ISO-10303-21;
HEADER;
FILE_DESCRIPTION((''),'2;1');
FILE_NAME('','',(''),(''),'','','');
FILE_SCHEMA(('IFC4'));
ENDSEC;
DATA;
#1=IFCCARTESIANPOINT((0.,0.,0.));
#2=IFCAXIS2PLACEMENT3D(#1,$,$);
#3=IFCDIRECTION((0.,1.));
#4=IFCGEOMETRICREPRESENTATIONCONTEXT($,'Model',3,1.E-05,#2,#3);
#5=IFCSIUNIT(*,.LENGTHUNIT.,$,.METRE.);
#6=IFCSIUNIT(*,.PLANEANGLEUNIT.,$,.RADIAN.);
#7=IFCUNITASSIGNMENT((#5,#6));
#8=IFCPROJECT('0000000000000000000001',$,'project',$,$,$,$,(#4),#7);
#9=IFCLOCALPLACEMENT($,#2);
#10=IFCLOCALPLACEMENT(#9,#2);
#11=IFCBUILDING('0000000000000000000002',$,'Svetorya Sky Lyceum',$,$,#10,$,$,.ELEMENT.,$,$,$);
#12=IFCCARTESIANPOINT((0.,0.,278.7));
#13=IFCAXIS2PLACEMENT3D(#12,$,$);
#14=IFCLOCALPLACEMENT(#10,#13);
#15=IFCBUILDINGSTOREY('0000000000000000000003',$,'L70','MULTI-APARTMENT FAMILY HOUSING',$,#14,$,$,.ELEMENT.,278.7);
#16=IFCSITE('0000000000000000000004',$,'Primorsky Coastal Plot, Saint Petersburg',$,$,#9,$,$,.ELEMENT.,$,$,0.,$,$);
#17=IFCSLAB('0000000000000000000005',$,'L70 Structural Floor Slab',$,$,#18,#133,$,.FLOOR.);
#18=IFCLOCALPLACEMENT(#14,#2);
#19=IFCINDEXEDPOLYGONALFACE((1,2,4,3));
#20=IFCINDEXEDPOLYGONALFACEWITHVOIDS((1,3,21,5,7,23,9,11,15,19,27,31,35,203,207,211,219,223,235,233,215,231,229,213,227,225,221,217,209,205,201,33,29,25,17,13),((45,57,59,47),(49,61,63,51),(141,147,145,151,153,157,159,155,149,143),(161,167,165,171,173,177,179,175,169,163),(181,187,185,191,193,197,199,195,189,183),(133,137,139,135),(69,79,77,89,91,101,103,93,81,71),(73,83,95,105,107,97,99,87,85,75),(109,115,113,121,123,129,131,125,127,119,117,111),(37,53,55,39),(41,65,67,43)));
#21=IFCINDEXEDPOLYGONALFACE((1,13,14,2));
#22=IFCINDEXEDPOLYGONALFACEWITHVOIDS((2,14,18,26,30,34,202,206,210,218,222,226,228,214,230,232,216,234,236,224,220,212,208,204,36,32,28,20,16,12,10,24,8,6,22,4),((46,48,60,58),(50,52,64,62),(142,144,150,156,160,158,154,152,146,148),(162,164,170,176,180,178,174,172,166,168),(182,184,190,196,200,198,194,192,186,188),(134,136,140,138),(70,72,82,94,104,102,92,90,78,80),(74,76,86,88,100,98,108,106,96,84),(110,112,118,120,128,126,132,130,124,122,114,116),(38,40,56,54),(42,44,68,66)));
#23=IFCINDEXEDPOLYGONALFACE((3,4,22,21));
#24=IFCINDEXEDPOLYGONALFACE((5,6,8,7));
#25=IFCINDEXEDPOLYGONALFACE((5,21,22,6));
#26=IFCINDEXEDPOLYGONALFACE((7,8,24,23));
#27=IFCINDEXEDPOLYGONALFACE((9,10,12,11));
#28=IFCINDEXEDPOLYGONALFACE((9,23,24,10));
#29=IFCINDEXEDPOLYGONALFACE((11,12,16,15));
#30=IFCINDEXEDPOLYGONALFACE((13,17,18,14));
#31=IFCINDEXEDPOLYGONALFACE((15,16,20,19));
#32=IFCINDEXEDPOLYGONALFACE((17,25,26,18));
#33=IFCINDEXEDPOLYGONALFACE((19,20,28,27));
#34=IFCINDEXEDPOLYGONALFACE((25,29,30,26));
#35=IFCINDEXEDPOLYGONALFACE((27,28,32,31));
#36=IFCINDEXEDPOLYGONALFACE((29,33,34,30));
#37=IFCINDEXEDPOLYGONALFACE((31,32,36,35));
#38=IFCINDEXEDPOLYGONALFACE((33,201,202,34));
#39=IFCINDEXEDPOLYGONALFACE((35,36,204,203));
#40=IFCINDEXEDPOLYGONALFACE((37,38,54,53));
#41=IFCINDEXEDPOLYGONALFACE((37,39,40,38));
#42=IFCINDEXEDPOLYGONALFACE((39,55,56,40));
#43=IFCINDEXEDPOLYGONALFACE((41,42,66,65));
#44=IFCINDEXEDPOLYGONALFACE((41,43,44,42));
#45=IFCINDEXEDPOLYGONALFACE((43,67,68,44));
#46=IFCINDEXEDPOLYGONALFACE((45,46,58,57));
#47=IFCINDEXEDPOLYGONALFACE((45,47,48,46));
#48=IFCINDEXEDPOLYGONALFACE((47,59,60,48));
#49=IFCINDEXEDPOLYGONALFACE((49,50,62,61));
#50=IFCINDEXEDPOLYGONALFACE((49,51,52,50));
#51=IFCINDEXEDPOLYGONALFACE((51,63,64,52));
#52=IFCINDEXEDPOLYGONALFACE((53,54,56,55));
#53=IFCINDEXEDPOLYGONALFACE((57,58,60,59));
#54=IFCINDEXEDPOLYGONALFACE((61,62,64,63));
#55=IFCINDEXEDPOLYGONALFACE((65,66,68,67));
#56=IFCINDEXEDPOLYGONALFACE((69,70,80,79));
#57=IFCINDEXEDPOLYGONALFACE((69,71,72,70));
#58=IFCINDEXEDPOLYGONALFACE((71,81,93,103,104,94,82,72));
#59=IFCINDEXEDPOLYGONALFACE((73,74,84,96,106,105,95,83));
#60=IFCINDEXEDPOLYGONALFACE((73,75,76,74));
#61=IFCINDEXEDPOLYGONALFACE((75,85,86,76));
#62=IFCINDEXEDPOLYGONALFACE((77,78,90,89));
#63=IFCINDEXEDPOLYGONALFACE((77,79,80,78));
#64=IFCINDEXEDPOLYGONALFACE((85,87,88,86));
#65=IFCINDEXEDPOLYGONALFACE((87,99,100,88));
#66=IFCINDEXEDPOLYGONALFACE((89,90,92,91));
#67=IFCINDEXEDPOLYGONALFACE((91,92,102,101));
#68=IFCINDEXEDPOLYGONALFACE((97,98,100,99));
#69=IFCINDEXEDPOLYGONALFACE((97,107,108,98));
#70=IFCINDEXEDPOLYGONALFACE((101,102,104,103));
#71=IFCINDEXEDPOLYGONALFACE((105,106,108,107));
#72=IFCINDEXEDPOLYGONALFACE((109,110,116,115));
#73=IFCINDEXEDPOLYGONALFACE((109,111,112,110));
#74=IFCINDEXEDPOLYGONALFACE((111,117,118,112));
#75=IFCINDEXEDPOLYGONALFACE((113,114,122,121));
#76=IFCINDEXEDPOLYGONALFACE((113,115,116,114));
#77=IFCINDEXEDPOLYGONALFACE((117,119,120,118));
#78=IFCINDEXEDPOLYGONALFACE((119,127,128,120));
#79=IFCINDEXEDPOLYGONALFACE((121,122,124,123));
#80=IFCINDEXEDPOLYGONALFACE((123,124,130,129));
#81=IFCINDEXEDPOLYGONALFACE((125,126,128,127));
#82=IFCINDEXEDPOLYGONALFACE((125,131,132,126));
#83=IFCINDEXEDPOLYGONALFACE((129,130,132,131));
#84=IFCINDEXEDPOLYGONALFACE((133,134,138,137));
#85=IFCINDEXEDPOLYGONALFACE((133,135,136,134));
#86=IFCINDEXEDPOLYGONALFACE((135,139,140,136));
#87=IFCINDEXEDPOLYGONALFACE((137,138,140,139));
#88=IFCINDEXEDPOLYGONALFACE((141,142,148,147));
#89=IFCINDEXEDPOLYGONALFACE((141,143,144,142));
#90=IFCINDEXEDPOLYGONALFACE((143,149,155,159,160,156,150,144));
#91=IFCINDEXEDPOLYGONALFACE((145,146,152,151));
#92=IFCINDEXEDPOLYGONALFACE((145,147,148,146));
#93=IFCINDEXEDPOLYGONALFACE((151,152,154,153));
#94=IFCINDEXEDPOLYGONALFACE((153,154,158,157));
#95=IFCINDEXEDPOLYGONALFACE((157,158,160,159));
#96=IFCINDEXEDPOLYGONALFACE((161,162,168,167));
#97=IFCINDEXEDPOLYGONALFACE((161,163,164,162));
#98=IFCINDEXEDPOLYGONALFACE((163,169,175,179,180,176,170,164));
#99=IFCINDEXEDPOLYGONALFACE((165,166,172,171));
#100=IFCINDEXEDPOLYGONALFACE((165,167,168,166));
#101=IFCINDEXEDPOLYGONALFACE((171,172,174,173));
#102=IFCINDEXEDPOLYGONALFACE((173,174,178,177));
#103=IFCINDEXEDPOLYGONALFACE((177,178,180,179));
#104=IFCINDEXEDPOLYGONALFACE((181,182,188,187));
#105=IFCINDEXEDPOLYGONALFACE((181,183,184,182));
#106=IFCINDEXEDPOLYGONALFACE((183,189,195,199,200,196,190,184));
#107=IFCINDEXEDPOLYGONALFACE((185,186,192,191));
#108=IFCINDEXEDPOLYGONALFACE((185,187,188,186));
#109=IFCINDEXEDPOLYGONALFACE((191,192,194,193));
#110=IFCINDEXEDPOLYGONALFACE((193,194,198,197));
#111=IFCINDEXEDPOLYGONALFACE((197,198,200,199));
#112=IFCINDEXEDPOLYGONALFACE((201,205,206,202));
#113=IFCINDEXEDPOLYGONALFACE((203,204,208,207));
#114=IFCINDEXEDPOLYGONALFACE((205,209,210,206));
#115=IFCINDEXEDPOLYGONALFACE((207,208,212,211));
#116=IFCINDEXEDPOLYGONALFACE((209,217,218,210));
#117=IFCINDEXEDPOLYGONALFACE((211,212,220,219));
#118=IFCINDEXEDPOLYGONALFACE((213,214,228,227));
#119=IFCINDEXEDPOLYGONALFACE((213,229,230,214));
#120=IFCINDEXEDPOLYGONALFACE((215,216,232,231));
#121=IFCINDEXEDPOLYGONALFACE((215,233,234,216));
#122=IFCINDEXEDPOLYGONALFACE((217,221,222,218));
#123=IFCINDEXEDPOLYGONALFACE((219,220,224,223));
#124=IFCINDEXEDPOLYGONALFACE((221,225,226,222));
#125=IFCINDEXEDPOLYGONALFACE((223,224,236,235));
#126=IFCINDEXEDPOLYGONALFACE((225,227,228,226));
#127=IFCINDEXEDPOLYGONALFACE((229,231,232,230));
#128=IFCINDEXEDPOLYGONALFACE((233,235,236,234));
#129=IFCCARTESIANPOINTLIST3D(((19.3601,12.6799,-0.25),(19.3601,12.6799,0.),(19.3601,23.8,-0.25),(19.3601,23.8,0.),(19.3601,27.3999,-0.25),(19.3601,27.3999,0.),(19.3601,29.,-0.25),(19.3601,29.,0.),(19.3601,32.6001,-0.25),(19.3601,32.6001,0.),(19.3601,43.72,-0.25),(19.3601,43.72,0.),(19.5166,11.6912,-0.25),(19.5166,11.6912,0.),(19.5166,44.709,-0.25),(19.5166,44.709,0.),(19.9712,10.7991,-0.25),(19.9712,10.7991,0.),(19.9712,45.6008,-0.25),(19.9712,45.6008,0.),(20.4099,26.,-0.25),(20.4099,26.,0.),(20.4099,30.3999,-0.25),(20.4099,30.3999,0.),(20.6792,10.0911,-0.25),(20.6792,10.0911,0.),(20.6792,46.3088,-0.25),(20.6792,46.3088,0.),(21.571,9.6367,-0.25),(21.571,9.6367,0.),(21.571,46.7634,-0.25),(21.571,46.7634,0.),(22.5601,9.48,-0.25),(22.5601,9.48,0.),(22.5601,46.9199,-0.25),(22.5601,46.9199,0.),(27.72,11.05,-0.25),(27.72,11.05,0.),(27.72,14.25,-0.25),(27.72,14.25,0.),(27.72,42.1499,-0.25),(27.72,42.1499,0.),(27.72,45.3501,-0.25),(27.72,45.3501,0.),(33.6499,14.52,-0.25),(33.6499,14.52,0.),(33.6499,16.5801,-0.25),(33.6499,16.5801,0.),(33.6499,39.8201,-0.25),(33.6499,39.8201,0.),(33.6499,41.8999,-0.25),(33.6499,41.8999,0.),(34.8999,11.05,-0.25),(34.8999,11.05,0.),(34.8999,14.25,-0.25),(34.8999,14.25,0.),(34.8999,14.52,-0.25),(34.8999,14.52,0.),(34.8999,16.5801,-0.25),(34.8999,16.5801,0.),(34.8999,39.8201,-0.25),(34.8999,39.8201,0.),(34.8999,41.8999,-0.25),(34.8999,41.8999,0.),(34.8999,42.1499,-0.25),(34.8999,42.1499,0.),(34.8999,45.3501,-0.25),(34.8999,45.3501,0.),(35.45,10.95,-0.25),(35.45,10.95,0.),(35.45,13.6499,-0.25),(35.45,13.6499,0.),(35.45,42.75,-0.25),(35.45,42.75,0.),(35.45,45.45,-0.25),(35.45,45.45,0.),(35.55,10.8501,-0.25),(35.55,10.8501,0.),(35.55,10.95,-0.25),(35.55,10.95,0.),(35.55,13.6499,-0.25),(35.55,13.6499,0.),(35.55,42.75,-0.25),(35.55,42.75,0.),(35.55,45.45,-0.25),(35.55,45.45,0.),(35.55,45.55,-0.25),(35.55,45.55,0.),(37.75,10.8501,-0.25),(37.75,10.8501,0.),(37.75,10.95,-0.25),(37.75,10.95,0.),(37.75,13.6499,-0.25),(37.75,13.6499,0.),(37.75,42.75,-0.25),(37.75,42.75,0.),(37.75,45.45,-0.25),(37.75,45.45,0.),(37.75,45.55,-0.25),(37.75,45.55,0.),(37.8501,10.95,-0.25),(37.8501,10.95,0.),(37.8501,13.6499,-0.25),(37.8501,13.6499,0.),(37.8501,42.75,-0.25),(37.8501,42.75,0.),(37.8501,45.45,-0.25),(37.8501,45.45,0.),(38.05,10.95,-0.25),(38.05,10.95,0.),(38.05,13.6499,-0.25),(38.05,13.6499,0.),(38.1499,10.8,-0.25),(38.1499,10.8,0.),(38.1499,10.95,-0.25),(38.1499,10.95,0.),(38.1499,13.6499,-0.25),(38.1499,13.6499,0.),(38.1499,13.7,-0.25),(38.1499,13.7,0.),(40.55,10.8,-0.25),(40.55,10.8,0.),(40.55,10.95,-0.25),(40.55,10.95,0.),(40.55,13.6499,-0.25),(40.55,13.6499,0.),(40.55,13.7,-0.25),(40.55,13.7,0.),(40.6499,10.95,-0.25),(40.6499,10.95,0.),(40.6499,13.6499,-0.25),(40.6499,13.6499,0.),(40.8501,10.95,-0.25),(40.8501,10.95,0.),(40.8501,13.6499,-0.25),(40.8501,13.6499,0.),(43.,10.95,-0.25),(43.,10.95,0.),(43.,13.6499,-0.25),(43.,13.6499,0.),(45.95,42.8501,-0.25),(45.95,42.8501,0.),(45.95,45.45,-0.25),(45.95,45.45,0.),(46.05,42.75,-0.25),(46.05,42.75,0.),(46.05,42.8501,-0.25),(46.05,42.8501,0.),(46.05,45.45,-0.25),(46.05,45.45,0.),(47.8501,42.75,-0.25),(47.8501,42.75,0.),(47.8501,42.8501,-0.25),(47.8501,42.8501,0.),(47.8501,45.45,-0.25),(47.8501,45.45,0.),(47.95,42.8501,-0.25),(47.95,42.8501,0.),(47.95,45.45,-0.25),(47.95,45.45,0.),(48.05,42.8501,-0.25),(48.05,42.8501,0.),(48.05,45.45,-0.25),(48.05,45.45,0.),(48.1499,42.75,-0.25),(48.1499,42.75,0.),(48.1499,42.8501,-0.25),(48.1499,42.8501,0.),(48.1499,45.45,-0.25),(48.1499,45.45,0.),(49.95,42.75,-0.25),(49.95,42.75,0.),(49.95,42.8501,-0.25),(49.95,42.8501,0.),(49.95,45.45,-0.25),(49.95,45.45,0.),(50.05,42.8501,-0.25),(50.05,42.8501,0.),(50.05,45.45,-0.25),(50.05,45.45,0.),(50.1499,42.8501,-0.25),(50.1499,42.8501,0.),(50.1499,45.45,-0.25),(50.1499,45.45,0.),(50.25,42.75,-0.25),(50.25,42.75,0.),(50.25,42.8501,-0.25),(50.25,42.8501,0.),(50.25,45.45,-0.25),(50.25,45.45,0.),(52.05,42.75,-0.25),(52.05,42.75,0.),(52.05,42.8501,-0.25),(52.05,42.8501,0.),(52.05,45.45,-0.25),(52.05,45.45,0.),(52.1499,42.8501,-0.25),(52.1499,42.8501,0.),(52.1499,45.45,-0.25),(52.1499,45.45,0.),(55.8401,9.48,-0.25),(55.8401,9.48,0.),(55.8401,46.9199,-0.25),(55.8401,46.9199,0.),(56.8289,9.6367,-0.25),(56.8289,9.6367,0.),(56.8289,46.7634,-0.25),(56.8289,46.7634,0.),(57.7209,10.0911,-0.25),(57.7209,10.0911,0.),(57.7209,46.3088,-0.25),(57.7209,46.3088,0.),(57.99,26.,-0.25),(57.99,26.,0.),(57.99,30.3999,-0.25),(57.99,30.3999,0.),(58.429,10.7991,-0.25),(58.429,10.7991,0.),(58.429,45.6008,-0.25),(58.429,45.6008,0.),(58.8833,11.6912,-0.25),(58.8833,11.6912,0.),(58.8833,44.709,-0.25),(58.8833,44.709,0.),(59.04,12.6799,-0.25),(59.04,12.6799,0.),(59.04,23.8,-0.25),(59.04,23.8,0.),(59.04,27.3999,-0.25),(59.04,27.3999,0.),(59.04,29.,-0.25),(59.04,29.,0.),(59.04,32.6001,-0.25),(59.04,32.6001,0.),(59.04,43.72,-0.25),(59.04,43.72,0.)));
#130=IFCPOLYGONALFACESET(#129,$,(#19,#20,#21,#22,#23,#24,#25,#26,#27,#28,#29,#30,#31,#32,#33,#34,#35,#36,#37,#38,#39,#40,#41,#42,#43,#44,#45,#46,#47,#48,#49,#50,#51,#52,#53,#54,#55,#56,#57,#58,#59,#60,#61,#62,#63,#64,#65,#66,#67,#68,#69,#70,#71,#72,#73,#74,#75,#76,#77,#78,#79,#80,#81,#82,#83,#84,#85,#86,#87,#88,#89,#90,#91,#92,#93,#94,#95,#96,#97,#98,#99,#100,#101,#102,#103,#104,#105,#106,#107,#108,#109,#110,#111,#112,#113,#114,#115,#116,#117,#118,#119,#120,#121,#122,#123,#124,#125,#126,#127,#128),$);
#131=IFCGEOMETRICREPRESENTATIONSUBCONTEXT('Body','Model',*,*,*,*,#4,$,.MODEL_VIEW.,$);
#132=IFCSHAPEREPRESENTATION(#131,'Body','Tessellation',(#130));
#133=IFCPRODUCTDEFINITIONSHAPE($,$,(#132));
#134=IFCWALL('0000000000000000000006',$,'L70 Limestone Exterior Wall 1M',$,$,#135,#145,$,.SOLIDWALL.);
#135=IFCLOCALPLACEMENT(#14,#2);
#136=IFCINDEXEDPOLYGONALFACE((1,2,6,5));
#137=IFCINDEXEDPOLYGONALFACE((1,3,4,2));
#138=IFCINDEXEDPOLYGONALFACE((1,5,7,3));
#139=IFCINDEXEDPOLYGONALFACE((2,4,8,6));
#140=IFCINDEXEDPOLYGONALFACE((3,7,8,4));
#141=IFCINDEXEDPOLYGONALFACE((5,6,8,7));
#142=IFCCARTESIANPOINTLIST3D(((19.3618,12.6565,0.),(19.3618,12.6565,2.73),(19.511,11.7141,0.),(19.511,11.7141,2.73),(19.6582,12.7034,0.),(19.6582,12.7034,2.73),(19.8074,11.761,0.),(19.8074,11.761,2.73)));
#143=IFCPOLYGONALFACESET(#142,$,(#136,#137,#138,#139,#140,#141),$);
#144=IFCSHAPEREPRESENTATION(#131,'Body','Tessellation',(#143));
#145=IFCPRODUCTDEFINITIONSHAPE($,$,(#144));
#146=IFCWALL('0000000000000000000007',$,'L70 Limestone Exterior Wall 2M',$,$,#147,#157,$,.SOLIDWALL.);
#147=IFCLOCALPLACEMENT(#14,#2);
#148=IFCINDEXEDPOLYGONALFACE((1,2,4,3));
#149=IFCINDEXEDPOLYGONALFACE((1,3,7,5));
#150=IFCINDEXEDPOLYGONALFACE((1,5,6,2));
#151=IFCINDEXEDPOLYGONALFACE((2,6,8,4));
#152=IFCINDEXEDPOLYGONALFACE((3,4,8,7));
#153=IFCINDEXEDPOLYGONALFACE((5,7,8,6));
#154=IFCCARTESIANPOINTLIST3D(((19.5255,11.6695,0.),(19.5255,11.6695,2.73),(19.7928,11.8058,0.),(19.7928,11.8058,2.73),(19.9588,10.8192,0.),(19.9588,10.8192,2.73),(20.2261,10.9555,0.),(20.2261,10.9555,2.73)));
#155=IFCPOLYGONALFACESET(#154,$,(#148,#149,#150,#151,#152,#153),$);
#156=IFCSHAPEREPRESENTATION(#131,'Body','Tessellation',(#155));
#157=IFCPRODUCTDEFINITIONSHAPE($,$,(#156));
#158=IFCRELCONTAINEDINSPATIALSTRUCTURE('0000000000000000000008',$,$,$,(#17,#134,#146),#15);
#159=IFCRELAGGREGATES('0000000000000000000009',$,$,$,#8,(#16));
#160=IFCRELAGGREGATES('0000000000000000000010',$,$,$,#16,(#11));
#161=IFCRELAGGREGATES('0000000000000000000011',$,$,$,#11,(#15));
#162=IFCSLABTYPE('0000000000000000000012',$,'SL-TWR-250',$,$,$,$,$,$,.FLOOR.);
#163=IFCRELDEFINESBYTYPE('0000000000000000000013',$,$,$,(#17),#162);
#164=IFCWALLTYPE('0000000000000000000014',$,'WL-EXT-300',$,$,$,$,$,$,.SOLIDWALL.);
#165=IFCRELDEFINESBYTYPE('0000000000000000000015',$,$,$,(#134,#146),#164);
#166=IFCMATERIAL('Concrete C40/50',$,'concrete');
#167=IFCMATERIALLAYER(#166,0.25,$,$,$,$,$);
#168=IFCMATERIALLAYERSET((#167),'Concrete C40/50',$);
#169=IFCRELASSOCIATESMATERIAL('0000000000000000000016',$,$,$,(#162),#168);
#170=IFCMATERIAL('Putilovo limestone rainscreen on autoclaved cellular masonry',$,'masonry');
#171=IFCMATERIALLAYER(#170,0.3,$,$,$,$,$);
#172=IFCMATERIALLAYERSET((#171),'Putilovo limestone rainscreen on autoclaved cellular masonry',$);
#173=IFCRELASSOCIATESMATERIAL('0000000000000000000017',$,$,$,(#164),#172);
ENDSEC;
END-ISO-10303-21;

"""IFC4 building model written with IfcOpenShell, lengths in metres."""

from ifc_helpers import new_model, si_unit, direction, frame, frame_2d, origin, place, context, subcontext, project, spatial, polyline, rectangle, outline, extrude, material, layer, layer_set, type_object, element, save


model = new_model("IFC4")

# Units and contexts
model_context = context("Model", 3, precision=1e-05, world=origin(), true_north=direction((0.0, 1.0)))
body_context = subcontext(model_context, "Body", "Model", "MODEL_VIEW")
ifc_project = project(units=[si_unit("LENGTHUNIT", "METRE"), si_unit("PLANEANGLEUNIT", "RADIAN")], contexts=[model_context])

# Site, building, storey
site_placement = place(None, origin())
site = spatial("IfcSite", under=ifc_project, at=site_placement, Name="Primorsky Coastal Plot, Saint Petersburg", CompositionType="ELEMENT", RefElevation=0.0)
building_placement = place(site_placement, origin())
building = spatial("IfcBuilding", under=site, at=building_placement, Name="Svetorya Sky Lyceum", CompositionType="ELEMENT")
storey_placement = place(building_placement, frame((0.0, 0.0, 278.7)))
storey = spatial("IfcBuildingStorey", under=building, at=storey_placement, Name="L70", Description="MULTI-APARTMENT FAMILY HOUSING", CompositionType="ELEMENT", Elevation=278.7)

# Shared definitions
ifc_material_1 = material(Name="Concrete C40/50", Category="concrete")

# Slab
ifc_layer_1 = layer(ifc_material_1, 0.25)
ifc_layer_set_1 = layer_set([ifc_layer_1], Name="Concrete C40/50")
slab_type_1 = type_object("IfcSlabType", Name="SL-TWR-250", PredefinedType="FLOOR", material=ifc_layer_set_1)
slab_1_placement = place(storey_placement, frame((0.0, 0.0, -0.25)))
element("IfcSlab", 1, at=slab_1_placement, inside=storey, type_object=slab_type_1, Name="L70 Structural Floor Slab", PredefinedType="FLOOR", context=body_context, shape_type="SweptSolid", body=[
    extrude(outline(polyline([(19.3601, 12.6799), (19.5166, 11.6912), (19.9712, 10.7991), (20.6792, 10.0911), (21.571, 9.6367), (22.5601, 9.48), (55.8401, 9.48), (56.8289, 9.6367), (57.7209, 10.0911), (58.429, 10.7991), (58.8833, 11.6912), (59.04, 12.6799), (59.04, 23.8), (57.99, 26.0), (59.04, 27.3999), (59.04, 29.0), (57.99, 30.3999), (59.04, 32.6001), (59.04, 43.72), (58.8833, 44.709), (58.429, 45.6008), (57.7209, 46.3088), (56.8289, 46.7634), (55.8401, 46.9199), (22.5601, 46.9199), (21.571, 46.7634), (20.6792, 46.3088), (19.9712, 45.6008), (19.5166, 44.709), (19.3601, 43.72), (19.3601, 32.6001), (20.4099, 30.3999), (19.3601, 29.0), (19.3601, 27.3999), (20.4099, 26.0), (19.3601, 23.8), (19.3601, 12.6799)]), holes=[polyline([(37.8501, 10.95), (37.75, 10.95), (37.75, 10.8501), (35.55, 10.8501), (35.55, 10.95), (35.45, 10.95), (35.45, 13.6499), (35.55, 13.6499), (37.75, 13.6499), (37.8501, 13.6499), (37.8501, 10.95)]), polyline([(38.1499, 10.8), (38.1499, 10.95), (38.05, 10.95), (38.05, 13.6499), (38.1499, 13.6499), (38.1499, 13.7), (40.55, 13.7), (40.55, 13.6499), (40.6499, 13.6499), (40.6499, 10.95), (40.55, 10.95), (40.55, 10.8), (38.1499, 10.8)]), polyline([(27.72, 11.05), (27.72, 14.25), (34.8999, 14.25), (34.8999, 11.05), (27.72, 11.05)]), polyline([(33.6499, 14.52), (33.6499, 16.5801), (34.8999, 16.5801), (34.8999, 14.52), (33.6499, 14.52)]), polyline([(33.6499, 39.8201), (33.6499, 41.8999), (34.8999, 41.8999), (34.8999, 39.8201), (33.6499, 39.8201)]), polyline([(27.72, 42.1499), (27.72, 45.3501), (34.8999, 45.3501), (34.8999, 42.1499), (27.72, 42.1499)]), polyline([(37.75, 42.75), (35.55, 42.75), (35.45, 42.75), (35.45, 45.45), (35.55, 45.45), (35.55, 45.55), (37.75, 45.55), (37.75, 45.45), (37.8501, 45.45), (37.8501, 42.75), (37.75, 42.75)]), polyline([(40.8501, 10.95), (40.8501, 13.6499), (43.0, 13.6499), (43.0, 10.95), (40.8501, 10.95)]), polyline([(46.05, 42.75), (46.05, 42.8501), (45.95, 42.8501), (45.95, 45.45), (46.05, 45.45), (47.8501, 45.45), (47.95, 45.45), (47.95, 42.8501), (47.8501, 42.8501), (47.8501, 42.75), (46.05, 42.75)]), polyline([(50.05, 42.8501), (49.95, 42.8501), (49.95, 42.75), (48.1499, 42.75), (48.1499, 42.8501), (48.05, 42.8501), (48.05, 45.45), (48.1499, 45.45), (49.95, 45.45), (50.05, 45.45), (50.05, 42.8501)]), polyline([(52.1499, 42.8501), (52.05, 42.8501), (52.05, 42.75), (50.25, 42.75), (50.25, 42.8501), (50.1499, 42.8501), (50.1499, 45.45), (50.25, 45.45), (52.05, 45.45), (52.1499, 45.45), (52.1499, 42.8501)])]), origin(), (0.0, 0.0, 1.0), 0.25),
])

# Walls
ifc_material_2 = material(Name="Putilovo limestone rainscreen on autoclaved cellular masonry", Category="masonry")
ifc_layer_2 = layer(ifc_material_2, 0.3)
ifc_layer_set_2 = layer_set([ifc_layer_2], Name="Putilovo limestone rainscreen on autoclaved cellular masonry")
wall_type = type_object("IfcWallType", Name="WL-EXT-300", PredefinedType="SOLIDWALL", material=ifc_layer_set_2)
wall_1_placement = place(storey_placement, frame((19.51, 12.6799, 0.0), z_axis=(0.0, 0.0, 1.0), x_axis=(0.156344, -0.987703, 0.0)))
element("IfcWall", 2, at=wall_1_placement, inside=storey, type_object=wall_type, Name="L70 Limestone Exterior Wall 1M", PredefinedType="SOLIDWALL", context=body_context, shape_type="SweptSolid", body=[
    extrude(rectangle(XDim=0.9541, YDim=0.3, at=frame_2d((0.4771, 0.0))), origin(), (0.0, 0.0, 1.0), 2.73),
])
wall_2_placement = place(storey_placement, frame((19.6592, 11.7375, 0.0), z_axis=(0.0, 0.0, 1.0), x_axis=(0.454056, -0.890973, 0.0)))
element("IfcWall", 3, at=wall_2_placement, inside=storey, type_object=wall_type, Name="L70 Limestone Exterior Wall 2M", PredefinedType="SOLIDWALL", context=body_context, shape_type="SweptSolid", body=[
    extrude(rectangle(XDim=0.9543, YDim=0.3, at=frame_2d((0.4771, 0.0))), origin(), (0.0, 0.0, 1.0), 2.73),
])

save(model, "model.ifc")
